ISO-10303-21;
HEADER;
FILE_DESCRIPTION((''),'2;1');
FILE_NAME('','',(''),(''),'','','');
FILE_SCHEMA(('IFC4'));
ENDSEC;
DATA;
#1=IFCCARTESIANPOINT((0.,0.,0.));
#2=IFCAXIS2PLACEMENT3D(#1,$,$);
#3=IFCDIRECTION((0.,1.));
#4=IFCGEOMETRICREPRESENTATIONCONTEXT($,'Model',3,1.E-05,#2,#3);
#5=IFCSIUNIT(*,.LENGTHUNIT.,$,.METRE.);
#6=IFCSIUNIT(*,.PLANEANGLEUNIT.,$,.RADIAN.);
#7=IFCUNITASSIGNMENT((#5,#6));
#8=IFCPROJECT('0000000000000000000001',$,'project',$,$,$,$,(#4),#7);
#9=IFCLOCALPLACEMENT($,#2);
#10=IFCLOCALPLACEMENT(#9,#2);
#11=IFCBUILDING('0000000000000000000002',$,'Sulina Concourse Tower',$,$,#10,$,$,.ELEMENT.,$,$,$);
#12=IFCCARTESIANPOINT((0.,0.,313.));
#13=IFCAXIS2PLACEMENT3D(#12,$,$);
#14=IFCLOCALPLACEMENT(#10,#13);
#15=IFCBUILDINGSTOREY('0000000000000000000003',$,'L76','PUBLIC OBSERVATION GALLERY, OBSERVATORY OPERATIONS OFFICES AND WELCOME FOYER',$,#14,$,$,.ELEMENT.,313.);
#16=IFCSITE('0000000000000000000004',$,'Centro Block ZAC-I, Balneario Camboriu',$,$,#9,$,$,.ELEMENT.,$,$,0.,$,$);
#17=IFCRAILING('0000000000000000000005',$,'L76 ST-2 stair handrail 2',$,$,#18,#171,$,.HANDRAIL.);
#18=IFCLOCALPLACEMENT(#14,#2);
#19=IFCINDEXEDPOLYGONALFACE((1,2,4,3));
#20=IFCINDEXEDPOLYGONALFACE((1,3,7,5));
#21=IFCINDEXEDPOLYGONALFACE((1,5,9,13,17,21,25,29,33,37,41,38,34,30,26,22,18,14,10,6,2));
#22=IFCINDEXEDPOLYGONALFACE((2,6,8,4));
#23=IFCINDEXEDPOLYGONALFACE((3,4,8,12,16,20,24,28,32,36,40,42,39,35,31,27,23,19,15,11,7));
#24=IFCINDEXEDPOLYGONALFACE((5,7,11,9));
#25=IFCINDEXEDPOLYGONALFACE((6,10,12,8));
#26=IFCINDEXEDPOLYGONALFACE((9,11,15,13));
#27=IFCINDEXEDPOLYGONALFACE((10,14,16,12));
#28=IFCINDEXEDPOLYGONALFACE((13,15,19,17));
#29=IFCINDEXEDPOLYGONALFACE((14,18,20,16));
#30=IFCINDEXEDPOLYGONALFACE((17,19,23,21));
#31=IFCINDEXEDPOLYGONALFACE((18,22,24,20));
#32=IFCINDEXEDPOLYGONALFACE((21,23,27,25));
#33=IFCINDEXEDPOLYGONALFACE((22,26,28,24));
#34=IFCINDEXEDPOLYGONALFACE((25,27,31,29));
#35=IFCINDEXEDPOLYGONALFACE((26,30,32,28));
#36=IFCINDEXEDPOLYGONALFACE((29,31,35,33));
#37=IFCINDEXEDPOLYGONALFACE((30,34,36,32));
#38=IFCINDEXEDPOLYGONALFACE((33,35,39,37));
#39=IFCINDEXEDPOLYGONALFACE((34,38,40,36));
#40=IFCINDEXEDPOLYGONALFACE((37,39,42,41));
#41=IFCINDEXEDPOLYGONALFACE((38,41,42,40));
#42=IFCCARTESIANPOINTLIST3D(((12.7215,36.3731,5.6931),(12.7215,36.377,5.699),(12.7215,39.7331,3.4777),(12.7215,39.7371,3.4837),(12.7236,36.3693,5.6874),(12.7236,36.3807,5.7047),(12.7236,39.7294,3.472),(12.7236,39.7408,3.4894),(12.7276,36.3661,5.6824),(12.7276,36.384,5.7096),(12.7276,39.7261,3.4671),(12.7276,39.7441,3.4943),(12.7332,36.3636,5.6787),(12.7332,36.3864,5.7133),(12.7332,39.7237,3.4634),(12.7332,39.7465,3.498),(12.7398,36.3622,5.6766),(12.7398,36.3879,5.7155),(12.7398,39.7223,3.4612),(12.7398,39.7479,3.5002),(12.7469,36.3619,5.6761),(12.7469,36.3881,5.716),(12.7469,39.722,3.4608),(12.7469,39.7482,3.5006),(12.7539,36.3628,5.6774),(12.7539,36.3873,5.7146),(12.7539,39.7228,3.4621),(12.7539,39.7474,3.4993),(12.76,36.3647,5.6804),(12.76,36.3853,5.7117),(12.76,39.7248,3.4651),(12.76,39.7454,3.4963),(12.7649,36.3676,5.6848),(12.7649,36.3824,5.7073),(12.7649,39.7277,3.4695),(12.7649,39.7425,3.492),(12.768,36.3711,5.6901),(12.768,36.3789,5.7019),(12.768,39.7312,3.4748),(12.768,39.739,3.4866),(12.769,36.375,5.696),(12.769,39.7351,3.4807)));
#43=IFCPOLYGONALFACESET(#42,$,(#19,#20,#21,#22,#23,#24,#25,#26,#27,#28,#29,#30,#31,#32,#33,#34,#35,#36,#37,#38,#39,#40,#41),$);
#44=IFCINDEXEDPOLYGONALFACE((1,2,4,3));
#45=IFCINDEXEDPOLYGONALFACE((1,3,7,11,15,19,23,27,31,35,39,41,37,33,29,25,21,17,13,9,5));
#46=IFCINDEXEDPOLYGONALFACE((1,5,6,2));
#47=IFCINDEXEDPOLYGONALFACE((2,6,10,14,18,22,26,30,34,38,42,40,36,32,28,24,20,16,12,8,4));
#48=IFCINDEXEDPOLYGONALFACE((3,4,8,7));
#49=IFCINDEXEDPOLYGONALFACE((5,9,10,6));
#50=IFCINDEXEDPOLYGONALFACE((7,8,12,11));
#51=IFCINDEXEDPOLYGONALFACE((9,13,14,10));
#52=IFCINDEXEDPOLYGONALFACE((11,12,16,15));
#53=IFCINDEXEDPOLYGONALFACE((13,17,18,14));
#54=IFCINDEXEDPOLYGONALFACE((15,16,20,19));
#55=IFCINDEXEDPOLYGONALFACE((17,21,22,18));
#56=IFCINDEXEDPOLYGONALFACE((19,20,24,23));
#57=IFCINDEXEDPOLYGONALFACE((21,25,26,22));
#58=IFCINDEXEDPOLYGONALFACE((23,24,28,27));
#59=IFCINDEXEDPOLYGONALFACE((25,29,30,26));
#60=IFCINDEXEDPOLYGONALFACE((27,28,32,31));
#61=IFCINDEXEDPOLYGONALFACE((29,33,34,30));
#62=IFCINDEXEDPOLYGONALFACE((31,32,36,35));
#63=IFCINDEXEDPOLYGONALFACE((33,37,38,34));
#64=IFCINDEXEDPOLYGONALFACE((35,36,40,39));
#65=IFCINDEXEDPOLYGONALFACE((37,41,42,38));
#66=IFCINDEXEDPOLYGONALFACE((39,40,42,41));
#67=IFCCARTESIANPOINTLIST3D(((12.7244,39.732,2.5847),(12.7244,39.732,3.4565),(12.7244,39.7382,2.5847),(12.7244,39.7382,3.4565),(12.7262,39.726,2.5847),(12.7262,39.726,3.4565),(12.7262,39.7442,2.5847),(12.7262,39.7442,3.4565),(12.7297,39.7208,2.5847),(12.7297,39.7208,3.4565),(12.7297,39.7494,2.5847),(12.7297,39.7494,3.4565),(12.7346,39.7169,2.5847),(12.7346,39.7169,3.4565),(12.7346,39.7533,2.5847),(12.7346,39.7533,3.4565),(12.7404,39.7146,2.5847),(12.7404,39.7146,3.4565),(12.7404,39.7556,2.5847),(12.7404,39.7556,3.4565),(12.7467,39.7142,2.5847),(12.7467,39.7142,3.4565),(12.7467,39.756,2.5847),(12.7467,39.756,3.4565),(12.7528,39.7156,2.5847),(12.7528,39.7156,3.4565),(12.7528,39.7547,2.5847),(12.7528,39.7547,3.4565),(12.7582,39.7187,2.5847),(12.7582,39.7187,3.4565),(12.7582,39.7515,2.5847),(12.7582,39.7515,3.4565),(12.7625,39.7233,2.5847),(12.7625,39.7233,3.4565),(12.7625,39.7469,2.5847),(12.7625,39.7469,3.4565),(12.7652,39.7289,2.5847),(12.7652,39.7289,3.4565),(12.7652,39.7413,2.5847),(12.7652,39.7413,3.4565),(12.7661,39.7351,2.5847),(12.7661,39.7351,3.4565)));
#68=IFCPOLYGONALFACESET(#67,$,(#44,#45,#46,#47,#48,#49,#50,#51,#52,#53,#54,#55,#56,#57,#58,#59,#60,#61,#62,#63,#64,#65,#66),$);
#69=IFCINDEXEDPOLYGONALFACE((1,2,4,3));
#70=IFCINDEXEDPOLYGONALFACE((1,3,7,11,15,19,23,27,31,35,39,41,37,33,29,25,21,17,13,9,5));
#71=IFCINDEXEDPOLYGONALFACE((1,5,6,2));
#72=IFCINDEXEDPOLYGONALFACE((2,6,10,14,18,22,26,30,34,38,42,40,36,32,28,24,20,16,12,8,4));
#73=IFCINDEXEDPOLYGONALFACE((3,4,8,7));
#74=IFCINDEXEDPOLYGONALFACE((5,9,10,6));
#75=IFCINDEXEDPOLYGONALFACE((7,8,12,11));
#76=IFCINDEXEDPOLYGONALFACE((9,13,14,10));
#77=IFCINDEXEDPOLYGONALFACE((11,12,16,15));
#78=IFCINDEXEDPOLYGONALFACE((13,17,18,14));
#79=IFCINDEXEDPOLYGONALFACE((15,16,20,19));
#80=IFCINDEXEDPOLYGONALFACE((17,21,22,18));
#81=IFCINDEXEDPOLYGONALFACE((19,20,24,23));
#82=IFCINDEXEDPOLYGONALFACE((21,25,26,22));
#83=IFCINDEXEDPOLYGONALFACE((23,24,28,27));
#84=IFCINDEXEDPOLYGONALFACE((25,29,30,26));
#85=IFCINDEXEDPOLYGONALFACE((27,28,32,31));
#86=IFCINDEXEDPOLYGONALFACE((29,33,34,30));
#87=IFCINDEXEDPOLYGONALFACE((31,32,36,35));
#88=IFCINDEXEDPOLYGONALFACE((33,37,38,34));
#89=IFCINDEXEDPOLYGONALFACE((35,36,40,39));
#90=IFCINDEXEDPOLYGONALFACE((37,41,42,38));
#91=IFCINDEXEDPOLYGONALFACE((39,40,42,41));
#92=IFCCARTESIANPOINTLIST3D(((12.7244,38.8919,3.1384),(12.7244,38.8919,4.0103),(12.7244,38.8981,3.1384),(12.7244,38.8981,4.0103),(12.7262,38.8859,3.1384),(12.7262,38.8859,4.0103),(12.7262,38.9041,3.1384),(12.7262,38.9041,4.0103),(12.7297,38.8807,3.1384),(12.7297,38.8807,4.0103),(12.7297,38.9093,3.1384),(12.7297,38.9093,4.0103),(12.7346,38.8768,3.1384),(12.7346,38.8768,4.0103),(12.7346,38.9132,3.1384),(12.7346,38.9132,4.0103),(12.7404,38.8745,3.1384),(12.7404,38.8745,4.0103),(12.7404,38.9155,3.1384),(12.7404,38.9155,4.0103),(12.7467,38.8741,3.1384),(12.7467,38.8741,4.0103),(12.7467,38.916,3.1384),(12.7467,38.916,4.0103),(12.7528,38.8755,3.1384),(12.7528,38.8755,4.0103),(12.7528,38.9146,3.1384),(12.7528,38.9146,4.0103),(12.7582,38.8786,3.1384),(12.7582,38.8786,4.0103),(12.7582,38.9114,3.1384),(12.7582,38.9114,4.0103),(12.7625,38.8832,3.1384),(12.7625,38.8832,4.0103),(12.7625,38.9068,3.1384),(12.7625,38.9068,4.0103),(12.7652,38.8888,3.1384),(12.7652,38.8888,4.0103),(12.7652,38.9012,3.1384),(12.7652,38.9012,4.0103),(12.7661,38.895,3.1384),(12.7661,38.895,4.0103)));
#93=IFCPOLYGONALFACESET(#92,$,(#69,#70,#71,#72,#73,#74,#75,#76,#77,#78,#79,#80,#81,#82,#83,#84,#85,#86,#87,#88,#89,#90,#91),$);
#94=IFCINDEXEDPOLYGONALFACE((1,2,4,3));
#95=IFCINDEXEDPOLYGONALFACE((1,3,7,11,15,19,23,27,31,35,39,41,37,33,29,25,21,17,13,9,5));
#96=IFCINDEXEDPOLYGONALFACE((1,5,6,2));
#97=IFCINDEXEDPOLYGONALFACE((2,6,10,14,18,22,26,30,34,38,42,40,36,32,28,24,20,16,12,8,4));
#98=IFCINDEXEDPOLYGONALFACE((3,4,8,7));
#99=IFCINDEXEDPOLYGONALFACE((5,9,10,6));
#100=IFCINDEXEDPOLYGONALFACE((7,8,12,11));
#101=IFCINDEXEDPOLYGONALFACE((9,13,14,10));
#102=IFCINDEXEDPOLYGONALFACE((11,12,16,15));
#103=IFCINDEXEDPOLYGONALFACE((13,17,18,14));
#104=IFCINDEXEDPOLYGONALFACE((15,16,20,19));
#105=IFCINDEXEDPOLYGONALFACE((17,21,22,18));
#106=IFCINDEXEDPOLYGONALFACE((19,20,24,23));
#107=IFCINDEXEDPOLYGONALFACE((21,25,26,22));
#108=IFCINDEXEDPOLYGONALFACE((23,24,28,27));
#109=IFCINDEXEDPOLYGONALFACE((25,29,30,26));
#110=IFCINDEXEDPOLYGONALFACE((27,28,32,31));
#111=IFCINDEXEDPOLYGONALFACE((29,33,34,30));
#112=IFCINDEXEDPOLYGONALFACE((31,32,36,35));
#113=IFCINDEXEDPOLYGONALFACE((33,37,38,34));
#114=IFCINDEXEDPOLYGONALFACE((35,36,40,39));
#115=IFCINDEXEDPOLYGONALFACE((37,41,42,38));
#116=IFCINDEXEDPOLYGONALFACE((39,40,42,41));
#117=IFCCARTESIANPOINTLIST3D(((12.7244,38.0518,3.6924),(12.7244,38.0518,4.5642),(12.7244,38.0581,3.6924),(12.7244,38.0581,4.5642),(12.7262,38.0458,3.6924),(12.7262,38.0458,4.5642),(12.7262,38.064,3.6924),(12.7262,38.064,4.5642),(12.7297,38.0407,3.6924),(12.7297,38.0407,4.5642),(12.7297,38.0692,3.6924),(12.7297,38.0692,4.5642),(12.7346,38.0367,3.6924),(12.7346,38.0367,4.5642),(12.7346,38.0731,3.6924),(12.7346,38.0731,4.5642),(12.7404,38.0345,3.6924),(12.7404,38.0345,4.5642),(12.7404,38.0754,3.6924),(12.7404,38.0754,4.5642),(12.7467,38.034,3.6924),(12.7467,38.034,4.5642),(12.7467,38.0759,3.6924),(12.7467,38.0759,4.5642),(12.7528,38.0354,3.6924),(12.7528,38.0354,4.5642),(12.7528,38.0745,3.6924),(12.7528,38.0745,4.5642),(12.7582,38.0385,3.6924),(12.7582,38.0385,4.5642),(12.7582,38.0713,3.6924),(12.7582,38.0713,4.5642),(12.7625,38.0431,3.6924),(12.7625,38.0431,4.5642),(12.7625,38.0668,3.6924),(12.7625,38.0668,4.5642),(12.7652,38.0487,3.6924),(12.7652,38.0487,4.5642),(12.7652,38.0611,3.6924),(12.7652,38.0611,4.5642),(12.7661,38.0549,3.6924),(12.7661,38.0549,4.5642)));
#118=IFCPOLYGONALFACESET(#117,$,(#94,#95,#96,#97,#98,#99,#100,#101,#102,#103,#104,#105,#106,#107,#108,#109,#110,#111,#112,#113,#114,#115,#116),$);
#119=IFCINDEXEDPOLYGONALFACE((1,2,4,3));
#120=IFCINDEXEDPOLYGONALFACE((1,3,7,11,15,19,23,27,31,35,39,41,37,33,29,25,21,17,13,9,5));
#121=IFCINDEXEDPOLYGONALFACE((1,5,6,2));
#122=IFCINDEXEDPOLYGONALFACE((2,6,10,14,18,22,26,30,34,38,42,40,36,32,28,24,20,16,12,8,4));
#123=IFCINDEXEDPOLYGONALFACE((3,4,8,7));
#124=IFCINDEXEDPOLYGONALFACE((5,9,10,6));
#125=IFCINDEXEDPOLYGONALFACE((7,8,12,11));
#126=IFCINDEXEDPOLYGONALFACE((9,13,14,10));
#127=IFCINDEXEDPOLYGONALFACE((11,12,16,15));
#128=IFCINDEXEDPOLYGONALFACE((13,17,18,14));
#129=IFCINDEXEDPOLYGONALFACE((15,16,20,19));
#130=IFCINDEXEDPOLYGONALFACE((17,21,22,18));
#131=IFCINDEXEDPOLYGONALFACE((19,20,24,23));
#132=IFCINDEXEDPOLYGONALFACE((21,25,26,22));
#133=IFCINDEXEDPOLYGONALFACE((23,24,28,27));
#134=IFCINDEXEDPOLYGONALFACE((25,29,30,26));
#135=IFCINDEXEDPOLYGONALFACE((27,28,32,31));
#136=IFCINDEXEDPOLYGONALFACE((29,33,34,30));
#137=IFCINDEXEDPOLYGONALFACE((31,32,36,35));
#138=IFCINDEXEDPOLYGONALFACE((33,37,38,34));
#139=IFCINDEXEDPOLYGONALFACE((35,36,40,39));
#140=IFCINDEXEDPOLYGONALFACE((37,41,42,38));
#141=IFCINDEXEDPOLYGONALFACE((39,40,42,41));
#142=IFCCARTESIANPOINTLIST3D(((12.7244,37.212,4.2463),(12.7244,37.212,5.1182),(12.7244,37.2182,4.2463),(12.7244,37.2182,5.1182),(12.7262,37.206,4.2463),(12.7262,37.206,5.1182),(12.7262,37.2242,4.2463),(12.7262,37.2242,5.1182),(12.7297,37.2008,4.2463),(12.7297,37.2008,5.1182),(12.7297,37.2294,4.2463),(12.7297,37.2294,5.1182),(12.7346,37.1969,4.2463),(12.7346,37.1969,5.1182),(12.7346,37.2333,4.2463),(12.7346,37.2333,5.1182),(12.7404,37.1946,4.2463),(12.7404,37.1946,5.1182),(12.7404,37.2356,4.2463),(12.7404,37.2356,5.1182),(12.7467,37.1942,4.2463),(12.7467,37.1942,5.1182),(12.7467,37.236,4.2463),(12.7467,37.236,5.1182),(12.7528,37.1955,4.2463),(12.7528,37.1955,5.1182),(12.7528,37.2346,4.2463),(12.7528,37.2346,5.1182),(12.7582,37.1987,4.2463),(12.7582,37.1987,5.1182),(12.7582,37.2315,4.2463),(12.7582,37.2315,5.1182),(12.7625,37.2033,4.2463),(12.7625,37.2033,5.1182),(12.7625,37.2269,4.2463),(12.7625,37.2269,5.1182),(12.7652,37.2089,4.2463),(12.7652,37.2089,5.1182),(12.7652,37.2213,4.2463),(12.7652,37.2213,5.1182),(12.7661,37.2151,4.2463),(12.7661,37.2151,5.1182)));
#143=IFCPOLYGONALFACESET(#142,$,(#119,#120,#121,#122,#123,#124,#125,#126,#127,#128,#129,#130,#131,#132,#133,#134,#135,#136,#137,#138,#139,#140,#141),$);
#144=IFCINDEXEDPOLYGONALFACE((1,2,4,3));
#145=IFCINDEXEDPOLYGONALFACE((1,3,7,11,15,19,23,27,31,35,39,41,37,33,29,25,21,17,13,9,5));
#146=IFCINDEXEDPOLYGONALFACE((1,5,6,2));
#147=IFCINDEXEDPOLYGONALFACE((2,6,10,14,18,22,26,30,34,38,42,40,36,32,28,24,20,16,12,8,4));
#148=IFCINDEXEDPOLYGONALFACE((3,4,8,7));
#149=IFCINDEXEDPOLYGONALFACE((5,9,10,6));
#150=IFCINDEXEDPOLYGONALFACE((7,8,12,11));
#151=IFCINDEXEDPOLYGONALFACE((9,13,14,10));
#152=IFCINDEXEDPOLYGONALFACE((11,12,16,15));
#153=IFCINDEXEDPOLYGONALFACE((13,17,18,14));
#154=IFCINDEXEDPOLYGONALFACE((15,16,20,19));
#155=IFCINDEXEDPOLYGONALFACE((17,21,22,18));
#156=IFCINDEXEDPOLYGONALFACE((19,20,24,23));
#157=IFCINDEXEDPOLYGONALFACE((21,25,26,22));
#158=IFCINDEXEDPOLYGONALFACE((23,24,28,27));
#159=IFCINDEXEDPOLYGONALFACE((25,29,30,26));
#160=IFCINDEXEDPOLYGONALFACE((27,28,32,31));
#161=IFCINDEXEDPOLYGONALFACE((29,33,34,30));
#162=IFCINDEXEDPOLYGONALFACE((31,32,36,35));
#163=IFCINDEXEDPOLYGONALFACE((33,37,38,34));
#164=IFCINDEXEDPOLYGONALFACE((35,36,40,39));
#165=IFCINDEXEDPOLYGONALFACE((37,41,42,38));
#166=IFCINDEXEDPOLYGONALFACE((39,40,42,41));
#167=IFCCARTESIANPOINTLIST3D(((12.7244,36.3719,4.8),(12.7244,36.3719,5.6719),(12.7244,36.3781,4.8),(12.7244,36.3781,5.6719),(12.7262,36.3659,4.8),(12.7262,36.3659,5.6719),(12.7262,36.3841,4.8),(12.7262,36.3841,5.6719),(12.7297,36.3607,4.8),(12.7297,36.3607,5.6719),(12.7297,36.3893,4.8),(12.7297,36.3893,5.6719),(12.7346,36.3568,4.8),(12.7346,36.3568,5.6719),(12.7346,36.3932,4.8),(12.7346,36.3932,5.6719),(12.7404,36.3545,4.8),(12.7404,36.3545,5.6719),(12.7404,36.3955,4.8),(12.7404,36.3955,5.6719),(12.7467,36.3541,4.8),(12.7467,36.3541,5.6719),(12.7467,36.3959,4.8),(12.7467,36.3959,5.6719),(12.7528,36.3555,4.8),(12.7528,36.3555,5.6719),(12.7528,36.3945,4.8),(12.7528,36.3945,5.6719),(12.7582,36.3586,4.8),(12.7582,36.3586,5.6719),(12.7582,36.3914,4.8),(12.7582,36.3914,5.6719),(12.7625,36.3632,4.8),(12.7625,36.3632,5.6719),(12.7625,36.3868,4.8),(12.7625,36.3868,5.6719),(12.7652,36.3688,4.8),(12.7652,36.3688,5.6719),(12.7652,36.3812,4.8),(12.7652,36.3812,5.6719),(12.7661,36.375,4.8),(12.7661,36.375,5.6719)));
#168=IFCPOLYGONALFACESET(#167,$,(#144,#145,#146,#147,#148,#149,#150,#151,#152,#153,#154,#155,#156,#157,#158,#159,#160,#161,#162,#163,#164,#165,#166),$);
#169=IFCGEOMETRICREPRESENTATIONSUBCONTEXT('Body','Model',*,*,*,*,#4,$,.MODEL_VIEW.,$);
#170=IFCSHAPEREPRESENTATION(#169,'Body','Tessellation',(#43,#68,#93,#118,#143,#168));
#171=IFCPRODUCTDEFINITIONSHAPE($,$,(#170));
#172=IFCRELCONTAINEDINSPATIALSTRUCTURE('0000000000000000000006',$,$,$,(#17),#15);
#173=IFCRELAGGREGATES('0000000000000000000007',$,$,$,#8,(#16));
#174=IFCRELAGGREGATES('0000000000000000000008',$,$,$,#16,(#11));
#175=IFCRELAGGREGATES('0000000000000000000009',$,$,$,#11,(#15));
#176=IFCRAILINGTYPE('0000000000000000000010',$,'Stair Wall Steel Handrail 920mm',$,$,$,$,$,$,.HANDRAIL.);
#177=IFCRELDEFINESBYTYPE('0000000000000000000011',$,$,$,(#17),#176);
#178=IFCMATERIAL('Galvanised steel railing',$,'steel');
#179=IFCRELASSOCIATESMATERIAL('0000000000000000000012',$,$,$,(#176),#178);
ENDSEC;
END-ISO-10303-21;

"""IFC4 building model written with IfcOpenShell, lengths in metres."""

from ifc_helpers import new_model, si_unit, direction, frame, origin, origin_2d, place, context, subcontext, project, spatial, circle, extrude, material, type_object, element, save


model = new_model("IFC4")

# Units and contexts
model_context = context("Model", 3, precision=1e-05, world=origin(), true_north=direction((0.0, 1.0)))
body_context = subcontext(model_context, "Body", "Model", "MODEL_VIEW")
ifc_project = project(units=[si_unit("LENGTHUNIT", "METRE"), si_unit("PLANEANGLEUNIT", "RADIAN")], contexts=[model_context])

# Site, building, storey
site_placement = place(None, origin())
site = spatial("IfcSite", under=ifc_project, at=site_placement, Name="Centro Block ZAC-I, Balneario Camboriu", CompositionType="ELEMENT", RefElevation=0.0)
building_placement = place(site_placement, origin())
building = spatial("IfcBuilding", under=site, at=building_placement, Name="Sulina Concourse Tower", CompositionType="ELEMENT")
storey_placement = place(building_placement, frame((0.0, 0.0, 313.0)))
storey = spatial("IfcBuildingStorey", under=building, at=storey_placement, Name="L76", Description="PUBLIC OBSERVATION GALLERY, OBSERVATORY OPERATIONS OFFICES AND WELCOME FOYER", CompositionType="ELEMENT", Elevation=313.0)

# Railing
ifc_material_1 = material(Name="Galvanised steel railing", Category="steel")
railing_type_1 = type_object("IfcRailingType", Name="Stair Wall Steel Handrail 920mm", PredefinedType="HANDRAIL", material=ifc_material_1)
railing_1_placement = place(storey_placement, frame((12.7451, 39.7351, 2.5847)))
element("IfcRailing", 1, at=railing_1_placement, inside=storey, type_object=railing_type_1, Name="L76 ST-2 stair handrail 2", PredefinedType="HANDRAIL", context=body_context, shape_type="SweptSolid", body=[
    extrude(circle(Radius=0.0239, at=origin_2d()), frame((0.0, 0.0, 0.896), z_axis=(0.0, -0.834876, 0.550437), x_axis=(1.0, 0.0, 0.0)), (0.0, 0.0, 1.0), 4.0247),
    extrude(circle(Radius=0.021, at=origin_2d()), origin(), (0.0, 0.0, 1.0), 0.8718),
    extrude(circle(Radius=0.021, at=origin_2d()), frame((0.0, -0.8401, 0.5537)), (0.0, 0.0, 1.0), 0.8718),
    extrude(circle(Radius=0.021, at=origin_2d()), frame((0.0, -1.6802, 1.1077)), (0.0, 0.0, 1.0), 0.8718),
    extrude(circle(Radius=0.021, at=origin_2d()), frame((0.0, -2.52, 1.6616)), (0.0, 0.0, 1.0), 0.8718),
    extrude(circle(Radius=0.021, at=origin_2d()), frame((0.0, -3.3601, 2.2153)), (0.0, 0.0, 1.0), 0.8718),
])

save(model, "model.ifc")
